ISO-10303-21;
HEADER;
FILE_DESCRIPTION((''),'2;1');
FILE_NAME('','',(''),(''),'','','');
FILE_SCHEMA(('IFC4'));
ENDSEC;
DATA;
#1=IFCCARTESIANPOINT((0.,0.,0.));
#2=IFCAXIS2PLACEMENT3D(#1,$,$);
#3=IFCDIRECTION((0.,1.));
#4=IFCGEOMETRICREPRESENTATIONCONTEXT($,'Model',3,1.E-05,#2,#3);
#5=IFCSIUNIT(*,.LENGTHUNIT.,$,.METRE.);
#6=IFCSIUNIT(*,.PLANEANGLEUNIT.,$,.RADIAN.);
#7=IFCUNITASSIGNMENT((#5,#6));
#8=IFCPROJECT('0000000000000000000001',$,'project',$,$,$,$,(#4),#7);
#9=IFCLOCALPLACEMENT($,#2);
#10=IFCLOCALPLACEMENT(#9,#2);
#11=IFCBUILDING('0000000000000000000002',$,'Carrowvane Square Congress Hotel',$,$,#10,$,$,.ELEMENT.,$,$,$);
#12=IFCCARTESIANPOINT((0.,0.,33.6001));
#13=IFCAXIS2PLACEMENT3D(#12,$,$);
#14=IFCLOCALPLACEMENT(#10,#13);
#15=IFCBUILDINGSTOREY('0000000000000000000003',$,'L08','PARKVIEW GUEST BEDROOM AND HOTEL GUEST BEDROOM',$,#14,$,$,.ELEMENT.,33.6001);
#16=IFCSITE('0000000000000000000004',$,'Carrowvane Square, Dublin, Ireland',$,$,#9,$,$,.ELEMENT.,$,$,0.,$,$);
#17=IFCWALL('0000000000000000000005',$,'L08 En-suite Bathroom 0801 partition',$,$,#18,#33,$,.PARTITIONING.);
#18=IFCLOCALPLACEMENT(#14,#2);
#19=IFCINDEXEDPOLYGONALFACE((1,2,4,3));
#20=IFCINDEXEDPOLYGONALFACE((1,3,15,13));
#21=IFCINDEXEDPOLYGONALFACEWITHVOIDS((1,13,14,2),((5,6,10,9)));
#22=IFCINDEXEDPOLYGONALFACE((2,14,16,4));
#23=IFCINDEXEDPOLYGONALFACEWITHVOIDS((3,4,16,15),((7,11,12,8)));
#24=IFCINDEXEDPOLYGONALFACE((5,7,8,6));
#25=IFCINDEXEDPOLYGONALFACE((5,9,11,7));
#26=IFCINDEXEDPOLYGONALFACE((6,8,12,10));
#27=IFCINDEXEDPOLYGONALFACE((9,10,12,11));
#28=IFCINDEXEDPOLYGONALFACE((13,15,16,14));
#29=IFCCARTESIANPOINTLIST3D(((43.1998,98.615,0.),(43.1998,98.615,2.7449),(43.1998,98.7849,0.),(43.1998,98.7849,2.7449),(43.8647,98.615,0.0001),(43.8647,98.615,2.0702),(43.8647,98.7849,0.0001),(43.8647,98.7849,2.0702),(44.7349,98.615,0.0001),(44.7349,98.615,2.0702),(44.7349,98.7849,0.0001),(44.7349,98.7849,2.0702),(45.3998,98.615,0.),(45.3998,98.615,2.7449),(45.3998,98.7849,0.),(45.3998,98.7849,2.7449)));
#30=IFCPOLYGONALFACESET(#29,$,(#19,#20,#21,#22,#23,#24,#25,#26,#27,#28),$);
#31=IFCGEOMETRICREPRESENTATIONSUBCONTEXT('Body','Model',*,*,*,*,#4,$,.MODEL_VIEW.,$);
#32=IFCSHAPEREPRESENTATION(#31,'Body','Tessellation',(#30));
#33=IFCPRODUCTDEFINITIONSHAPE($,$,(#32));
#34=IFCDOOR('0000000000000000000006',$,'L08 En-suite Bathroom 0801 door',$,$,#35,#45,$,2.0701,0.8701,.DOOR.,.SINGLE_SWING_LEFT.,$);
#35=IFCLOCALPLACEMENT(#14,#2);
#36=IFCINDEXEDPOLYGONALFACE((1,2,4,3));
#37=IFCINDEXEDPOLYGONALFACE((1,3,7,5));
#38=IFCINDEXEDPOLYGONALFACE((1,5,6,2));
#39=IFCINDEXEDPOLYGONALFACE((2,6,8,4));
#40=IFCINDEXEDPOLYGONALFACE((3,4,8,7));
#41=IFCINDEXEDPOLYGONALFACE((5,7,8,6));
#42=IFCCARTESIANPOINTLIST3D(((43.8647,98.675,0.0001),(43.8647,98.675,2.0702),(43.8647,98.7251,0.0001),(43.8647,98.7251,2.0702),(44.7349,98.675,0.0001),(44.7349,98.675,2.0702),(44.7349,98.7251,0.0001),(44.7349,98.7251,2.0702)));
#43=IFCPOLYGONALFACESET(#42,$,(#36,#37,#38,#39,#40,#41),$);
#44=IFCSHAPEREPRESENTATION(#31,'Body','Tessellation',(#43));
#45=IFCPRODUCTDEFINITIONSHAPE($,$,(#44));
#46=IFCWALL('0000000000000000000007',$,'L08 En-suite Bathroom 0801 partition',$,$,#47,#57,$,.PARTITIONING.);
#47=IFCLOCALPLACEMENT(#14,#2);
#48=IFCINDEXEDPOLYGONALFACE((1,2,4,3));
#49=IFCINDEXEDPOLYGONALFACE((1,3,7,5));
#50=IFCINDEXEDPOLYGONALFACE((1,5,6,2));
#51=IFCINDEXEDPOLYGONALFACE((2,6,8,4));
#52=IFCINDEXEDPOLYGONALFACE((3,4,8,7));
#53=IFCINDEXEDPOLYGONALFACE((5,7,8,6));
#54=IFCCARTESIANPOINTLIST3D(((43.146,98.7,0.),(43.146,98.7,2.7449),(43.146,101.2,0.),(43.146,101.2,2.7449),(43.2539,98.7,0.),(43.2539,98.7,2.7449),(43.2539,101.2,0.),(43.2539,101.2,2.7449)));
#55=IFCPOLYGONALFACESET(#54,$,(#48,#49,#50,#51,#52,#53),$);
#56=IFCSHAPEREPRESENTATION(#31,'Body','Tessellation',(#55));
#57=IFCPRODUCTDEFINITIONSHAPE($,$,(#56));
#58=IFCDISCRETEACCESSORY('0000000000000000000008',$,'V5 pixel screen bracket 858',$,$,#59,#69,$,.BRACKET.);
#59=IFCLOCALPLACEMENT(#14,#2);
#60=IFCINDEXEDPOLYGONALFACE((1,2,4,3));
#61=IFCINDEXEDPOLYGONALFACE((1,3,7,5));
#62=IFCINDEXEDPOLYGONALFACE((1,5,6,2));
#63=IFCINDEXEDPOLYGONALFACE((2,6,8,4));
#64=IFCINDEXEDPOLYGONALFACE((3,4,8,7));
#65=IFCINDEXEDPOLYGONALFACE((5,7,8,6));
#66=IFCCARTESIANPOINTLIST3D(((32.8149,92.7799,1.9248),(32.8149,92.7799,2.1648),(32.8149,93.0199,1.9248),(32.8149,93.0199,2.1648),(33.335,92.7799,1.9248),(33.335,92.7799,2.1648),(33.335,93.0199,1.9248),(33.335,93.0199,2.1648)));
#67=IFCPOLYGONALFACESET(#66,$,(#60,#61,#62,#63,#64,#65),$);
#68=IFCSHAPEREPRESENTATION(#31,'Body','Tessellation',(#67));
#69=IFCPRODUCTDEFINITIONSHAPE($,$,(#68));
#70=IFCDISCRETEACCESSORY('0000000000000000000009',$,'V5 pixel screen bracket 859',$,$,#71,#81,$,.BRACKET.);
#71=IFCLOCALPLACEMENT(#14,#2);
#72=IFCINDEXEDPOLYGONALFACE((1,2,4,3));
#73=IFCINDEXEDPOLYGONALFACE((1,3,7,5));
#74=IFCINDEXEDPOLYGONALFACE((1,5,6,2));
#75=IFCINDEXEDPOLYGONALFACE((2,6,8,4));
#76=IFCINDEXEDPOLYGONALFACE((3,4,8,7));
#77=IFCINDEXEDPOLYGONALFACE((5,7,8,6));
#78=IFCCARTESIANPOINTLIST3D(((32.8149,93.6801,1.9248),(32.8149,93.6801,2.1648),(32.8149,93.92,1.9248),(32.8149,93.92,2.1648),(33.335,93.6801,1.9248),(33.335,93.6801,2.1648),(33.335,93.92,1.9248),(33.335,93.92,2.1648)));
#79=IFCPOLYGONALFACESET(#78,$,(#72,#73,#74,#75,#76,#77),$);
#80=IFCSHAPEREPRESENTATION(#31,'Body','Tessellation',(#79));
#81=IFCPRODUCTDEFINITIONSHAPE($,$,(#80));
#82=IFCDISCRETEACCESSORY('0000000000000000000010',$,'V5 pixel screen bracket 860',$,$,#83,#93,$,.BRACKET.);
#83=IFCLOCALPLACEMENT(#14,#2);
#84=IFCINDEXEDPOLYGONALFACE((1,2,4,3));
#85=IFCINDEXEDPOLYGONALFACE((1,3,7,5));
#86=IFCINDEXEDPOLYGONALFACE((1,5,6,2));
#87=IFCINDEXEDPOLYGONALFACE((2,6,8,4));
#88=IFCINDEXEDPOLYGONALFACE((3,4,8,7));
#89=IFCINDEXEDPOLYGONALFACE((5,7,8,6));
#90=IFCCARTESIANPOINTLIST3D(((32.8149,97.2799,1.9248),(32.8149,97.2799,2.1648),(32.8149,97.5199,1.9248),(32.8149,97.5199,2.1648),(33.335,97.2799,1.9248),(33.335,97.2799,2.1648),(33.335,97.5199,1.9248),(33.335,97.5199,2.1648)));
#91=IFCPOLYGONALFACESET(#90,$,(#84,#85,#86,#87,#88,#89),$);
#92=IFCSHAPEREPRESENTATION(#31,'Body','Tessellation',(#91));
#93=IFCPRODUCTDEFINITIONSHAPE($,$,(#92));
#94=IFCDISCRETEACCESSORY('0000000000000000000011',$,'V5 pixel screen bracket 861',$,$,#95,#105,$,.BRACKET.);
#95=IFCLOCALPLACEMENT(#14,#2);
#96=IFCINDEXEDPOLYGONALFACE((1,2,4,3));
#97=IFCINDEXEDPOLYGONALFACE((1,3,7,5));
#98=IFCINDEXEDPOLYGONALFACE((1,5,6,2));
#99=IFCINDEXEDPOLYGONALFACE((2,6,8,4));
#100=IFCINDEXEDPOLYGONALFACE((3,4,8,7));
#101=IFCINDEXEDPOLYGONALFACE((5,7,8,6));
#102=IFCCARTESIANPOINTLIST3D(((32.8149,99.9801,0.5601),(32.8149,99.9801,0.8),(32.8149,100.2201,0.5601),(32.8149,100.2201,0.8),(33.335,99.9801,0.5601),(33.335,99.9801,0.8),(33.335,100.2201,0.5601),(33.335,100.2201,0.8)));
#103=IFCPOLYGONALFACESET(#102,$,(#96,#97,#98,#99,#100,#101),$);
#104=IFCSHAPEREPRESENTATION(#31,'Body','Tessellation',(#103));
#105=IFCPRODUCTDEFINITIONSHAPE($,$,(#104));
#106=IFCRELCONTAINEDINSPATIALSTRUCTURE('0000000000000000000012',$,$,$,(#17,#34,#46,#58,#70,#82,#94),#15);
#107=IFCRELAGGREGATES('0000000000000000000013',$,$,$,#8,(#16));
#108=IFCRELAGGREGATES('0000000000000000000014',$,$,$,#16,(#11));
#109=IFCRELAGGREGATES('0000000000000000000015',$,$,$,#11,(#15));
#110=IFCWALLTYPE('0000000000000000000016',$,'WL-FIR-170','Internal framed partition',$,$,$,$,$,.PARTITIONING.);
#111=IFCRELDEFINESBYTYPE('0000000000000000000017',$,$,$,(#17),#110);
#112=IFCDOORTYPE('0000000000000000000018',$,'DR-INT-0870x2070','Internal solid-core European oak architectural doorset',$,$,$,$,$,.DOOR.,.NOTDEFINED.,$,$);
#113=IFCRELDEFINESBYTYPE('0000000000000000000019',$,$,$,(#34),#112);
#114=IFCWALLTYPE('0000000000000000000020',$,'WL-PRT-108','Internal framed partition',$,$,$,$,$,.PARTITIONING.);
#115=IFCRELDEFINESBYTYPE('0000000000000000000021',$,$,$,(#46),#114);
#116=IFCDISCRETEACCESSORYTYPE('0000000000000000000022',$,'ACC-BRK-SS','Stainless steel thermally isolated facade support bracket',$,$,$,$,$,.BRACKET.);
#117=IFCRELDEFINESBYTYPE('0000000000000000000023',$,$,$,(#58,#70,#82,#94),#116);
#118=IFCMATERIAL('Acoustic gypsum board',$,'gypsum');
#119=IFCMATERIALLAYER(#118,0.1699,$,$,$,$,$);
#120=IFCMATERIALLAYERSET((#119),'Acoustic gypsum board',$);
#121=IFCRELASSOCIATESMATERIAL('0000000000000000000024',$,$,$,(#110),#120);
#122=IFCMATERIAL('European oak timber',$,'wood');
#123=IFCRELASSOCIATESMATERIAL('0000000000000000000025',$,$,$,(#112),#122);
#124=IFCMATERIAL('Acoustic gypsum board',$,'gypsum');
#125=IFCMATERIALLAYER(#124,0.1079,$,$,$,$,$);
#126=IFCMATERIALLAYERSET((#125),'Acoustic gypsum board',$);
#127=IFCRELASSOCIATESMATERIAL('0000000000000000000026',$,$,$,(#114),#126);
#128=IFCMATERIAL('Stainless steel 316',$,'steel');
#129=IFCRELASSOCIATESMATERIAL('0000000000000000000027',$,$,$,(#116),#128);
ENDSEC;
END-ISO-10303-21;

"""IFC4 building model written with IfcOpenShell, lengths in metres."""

from ifc_helpers import new_model, si_unit, direction, frame, frame_2d, origin, origin_2d, place, context, subcontext, project, spatial, rectangle, extrude, material, layer, layer_set, type_object, element, fill, save


model = new_model("IFC4")

# Units and contexts
model_context = context("Model", 3, precision=1e-05, world=origin(), true_north=direction((0.0, 1.0)))
body_context = subcontext(model_context, "Body", "Model", "MODEL_VIEW")
ifc_project = project(units=[si_unit("LENGTHUNIT", "METRE"), si_unit("PLANEANGLEUNIT", "RADIAN")], contexts=[model_context])

# Site, building, storey
site_placement = place(None, origin())
site = spatial("IfcSite", under=ifc_project, at=site_placement, Name="Carrowvane Square, Dublin, Ireland", CompositionType="ELEMENT", RefElevation=0.0)
building_placement = place(site_placement, origin())
building = spatial("IfcBuilding", under=site, at=building_placement, Name="Carrowvane Square Congress Hotel", CompositionType="ELEMENT")
storey_placement = place(building_placement, frame((0.0, 0.0, 33.6001)))
storey = spatial("IfcBuildingStorey", under=building, at=storey_placement, Name="L08", Description="PARKVIEW GUEST BEDROOM AND HOTEL GUEST BEDROOM", CompositionType="ELEMENT", Elevation=33.6001)

# Wall, opening, door
ifc_material_1 = material(Name="Acoustic gypsum board", Category="gypsum")
ifc_layer_1 = layer(ifc_material_1, 0.1699)
ifc_layer_set_1 = layer_set([ifc_layer_1], Name="Acoustic gypsum board")
wall_type_1 = type_object("IfcWallType", Name="WL-FIR-170", Description="Internal framed partition", PredefinedType="PARTITIONING", material=ifc_layer_set_1)
wall_1_placement = place(storey_placement, frame((45.3999, 98.7, 0.0), z_axis=(0.0, 0.0, 1.0), x_axis=(-1.0, 0.0, 0.0)))
wall_1 = element("IfcWall", 1, at=wall_1_placement, inside=storey, type_object=wall_type_1, Name="L08 En-suite Bathroom 0801 partition", PredefinedType="PARTITIONING", context=body_context, shape_type="SweptSolid", body=[
    extrude(rectangle(XDim=2.2, YDim=0.1699, at=frame_2d((1.1001, 0.0))), origin(), (0.0, 0.0, 1.0), 2.7449),
])
opening_1_placement = place(wall_1_placement, frame((0.665, 0.0, 0.0)))
opening_1 = element("IfcOpeningElement", 2, at=opening_1_placement, cuts=wall_1, PredefinedType="OPENING", context=body_context, shape_type="SweptSolid", body=[
    extrude(rectangle(XDim=0.8701, YDim=2.0701, at=frame_2d((0.4351, 1.0352))), frame((0.0, 0.095, 0.0), z_axis=(0.0, -1.0, 0.0), x_axis=(1.0, 0.0, 0.0)), (0.0, 0.0, 1.0), 0.1899),
])
ifc_material_2 = material(Name="European oak timber", Category="wood")
door_type = type_object("IfcDoorType", Name="DR-INT-0870x2070", Description="Internal solid-core European oak architectural doorset", OperationType="NOTDEFINED", PredefinedType="DOOR", material=ifc_material_2)
door_placement = place(opening_1_placement, origin())
door = element("IfcDoor", 3, at=door_placement, inside=storey, type_object=door_type, Name="L08 En-suite Bathroom 0801 door", OperationType="SINGLE_SWING_LEFT", OverallHeight=2.0701, OverallWidth=0.8701, PredefinedType="DOOR", context=body_context, shape_type="SweptSolid", body=[
    extrude(rectangle(XDim=0.8701, YDim=2.0701, at=frame_2d((0.4351, 1.0352))), frame((0.0, 0.0249, 0.0), z_axis=(0.0, -1.0, 0.0), x_axis=(1.0, 0.0, 0.0)), (0.0, 0.0, 1.0), 0.05),
])
fill(opening_1, door)

# Wall
ifc_material_3 = material(Name="Acoustic gypsum board", Category="gypsum")
ifc_layer_2 = layer(ifc_material_3, 0.1079)
ifc_layer_set_2 = layer_set([ifc_layer_2], Name="Acoustic gypsum board")
wall_type_2 = type_object("IfcWallType", Name="WL-PRT-108", Description="Internal framed partition", PredefinedType="PARTITIONING", material=ifc_layer_set_2)
wall_2_placement = place(storey_placement, frame((43.2, 98.7, 0.0), z_axis=(0.0, 0.0, 1.0), x_axis=(0.0, 1.0, 0.0)))
element("IfcWall", 4, at=wall_2_placement, inside=storey, type_object=wall_type_2, Name="L08 En-suite Bathroom 0801 partition", PredefinedType="PARTITIONING", context=body_context, shape_type="SweptSolid", body=[
    extrude(rectangle(XDim=2.5, YDim=0.1079, at=frame_2d((1.25, 0.0))), origin(), (0.0, 0.0, 1.0), 2.7449),
])

# Discrete accessories
ifc_material_4 = material(Name="Stainless steel 316", Category="steel")
discrete_accessory_type = type_object("IfcDiscreteAccessoryType", Name="ACC-BRK-SS", Description="Stainless steel thermally isolated facade support bracket", PredefinedType="BRACKET", material=ifc_material_4)
for number, where, z_axis, x_axis, name in (
    (5, (33.075, 92.8999, 1.9248), (0.0, 0.0, 1.0), (0.0, 1.0, 0.0), "V5 pixel screen bracket 858"),
    (6, (33.075, 93.8, 1.9248), (0.0, 0.0, 1.0), (0.0, 1.0, 0.0), "V5 pixel screen bracket 859"),
    (7, (33.075, 97.3999, 1.9248), (0.0, 0.0, 1.0), (0.0, 1.0, 0.0), "V5 pixel screen bracket 860"),
    (8, (33.075, 100.1001, 0.5601), (0.0, 0.0, 1.0), (0.0, 1.0, 0.0), "V5 pixel screen bracket 861"),
):
    element("IfcDiscreteAccessory", number, at=place(storey_placement, frame(where, z_axis=z_axis, x_axis=x_axis)), inside=storey, type_object=discrete_accessory_type, Name=name, PredefinedType="BRACKET", context=body_context, shape_type="SweptSolid", body=[
        extrude(rectangle(XDim=0.24, YDim=0.52, at=origin_2d()), origin(), (0.0, 0.0, 1.0), 0.24),
    ])

save(model, "model.ifc")
